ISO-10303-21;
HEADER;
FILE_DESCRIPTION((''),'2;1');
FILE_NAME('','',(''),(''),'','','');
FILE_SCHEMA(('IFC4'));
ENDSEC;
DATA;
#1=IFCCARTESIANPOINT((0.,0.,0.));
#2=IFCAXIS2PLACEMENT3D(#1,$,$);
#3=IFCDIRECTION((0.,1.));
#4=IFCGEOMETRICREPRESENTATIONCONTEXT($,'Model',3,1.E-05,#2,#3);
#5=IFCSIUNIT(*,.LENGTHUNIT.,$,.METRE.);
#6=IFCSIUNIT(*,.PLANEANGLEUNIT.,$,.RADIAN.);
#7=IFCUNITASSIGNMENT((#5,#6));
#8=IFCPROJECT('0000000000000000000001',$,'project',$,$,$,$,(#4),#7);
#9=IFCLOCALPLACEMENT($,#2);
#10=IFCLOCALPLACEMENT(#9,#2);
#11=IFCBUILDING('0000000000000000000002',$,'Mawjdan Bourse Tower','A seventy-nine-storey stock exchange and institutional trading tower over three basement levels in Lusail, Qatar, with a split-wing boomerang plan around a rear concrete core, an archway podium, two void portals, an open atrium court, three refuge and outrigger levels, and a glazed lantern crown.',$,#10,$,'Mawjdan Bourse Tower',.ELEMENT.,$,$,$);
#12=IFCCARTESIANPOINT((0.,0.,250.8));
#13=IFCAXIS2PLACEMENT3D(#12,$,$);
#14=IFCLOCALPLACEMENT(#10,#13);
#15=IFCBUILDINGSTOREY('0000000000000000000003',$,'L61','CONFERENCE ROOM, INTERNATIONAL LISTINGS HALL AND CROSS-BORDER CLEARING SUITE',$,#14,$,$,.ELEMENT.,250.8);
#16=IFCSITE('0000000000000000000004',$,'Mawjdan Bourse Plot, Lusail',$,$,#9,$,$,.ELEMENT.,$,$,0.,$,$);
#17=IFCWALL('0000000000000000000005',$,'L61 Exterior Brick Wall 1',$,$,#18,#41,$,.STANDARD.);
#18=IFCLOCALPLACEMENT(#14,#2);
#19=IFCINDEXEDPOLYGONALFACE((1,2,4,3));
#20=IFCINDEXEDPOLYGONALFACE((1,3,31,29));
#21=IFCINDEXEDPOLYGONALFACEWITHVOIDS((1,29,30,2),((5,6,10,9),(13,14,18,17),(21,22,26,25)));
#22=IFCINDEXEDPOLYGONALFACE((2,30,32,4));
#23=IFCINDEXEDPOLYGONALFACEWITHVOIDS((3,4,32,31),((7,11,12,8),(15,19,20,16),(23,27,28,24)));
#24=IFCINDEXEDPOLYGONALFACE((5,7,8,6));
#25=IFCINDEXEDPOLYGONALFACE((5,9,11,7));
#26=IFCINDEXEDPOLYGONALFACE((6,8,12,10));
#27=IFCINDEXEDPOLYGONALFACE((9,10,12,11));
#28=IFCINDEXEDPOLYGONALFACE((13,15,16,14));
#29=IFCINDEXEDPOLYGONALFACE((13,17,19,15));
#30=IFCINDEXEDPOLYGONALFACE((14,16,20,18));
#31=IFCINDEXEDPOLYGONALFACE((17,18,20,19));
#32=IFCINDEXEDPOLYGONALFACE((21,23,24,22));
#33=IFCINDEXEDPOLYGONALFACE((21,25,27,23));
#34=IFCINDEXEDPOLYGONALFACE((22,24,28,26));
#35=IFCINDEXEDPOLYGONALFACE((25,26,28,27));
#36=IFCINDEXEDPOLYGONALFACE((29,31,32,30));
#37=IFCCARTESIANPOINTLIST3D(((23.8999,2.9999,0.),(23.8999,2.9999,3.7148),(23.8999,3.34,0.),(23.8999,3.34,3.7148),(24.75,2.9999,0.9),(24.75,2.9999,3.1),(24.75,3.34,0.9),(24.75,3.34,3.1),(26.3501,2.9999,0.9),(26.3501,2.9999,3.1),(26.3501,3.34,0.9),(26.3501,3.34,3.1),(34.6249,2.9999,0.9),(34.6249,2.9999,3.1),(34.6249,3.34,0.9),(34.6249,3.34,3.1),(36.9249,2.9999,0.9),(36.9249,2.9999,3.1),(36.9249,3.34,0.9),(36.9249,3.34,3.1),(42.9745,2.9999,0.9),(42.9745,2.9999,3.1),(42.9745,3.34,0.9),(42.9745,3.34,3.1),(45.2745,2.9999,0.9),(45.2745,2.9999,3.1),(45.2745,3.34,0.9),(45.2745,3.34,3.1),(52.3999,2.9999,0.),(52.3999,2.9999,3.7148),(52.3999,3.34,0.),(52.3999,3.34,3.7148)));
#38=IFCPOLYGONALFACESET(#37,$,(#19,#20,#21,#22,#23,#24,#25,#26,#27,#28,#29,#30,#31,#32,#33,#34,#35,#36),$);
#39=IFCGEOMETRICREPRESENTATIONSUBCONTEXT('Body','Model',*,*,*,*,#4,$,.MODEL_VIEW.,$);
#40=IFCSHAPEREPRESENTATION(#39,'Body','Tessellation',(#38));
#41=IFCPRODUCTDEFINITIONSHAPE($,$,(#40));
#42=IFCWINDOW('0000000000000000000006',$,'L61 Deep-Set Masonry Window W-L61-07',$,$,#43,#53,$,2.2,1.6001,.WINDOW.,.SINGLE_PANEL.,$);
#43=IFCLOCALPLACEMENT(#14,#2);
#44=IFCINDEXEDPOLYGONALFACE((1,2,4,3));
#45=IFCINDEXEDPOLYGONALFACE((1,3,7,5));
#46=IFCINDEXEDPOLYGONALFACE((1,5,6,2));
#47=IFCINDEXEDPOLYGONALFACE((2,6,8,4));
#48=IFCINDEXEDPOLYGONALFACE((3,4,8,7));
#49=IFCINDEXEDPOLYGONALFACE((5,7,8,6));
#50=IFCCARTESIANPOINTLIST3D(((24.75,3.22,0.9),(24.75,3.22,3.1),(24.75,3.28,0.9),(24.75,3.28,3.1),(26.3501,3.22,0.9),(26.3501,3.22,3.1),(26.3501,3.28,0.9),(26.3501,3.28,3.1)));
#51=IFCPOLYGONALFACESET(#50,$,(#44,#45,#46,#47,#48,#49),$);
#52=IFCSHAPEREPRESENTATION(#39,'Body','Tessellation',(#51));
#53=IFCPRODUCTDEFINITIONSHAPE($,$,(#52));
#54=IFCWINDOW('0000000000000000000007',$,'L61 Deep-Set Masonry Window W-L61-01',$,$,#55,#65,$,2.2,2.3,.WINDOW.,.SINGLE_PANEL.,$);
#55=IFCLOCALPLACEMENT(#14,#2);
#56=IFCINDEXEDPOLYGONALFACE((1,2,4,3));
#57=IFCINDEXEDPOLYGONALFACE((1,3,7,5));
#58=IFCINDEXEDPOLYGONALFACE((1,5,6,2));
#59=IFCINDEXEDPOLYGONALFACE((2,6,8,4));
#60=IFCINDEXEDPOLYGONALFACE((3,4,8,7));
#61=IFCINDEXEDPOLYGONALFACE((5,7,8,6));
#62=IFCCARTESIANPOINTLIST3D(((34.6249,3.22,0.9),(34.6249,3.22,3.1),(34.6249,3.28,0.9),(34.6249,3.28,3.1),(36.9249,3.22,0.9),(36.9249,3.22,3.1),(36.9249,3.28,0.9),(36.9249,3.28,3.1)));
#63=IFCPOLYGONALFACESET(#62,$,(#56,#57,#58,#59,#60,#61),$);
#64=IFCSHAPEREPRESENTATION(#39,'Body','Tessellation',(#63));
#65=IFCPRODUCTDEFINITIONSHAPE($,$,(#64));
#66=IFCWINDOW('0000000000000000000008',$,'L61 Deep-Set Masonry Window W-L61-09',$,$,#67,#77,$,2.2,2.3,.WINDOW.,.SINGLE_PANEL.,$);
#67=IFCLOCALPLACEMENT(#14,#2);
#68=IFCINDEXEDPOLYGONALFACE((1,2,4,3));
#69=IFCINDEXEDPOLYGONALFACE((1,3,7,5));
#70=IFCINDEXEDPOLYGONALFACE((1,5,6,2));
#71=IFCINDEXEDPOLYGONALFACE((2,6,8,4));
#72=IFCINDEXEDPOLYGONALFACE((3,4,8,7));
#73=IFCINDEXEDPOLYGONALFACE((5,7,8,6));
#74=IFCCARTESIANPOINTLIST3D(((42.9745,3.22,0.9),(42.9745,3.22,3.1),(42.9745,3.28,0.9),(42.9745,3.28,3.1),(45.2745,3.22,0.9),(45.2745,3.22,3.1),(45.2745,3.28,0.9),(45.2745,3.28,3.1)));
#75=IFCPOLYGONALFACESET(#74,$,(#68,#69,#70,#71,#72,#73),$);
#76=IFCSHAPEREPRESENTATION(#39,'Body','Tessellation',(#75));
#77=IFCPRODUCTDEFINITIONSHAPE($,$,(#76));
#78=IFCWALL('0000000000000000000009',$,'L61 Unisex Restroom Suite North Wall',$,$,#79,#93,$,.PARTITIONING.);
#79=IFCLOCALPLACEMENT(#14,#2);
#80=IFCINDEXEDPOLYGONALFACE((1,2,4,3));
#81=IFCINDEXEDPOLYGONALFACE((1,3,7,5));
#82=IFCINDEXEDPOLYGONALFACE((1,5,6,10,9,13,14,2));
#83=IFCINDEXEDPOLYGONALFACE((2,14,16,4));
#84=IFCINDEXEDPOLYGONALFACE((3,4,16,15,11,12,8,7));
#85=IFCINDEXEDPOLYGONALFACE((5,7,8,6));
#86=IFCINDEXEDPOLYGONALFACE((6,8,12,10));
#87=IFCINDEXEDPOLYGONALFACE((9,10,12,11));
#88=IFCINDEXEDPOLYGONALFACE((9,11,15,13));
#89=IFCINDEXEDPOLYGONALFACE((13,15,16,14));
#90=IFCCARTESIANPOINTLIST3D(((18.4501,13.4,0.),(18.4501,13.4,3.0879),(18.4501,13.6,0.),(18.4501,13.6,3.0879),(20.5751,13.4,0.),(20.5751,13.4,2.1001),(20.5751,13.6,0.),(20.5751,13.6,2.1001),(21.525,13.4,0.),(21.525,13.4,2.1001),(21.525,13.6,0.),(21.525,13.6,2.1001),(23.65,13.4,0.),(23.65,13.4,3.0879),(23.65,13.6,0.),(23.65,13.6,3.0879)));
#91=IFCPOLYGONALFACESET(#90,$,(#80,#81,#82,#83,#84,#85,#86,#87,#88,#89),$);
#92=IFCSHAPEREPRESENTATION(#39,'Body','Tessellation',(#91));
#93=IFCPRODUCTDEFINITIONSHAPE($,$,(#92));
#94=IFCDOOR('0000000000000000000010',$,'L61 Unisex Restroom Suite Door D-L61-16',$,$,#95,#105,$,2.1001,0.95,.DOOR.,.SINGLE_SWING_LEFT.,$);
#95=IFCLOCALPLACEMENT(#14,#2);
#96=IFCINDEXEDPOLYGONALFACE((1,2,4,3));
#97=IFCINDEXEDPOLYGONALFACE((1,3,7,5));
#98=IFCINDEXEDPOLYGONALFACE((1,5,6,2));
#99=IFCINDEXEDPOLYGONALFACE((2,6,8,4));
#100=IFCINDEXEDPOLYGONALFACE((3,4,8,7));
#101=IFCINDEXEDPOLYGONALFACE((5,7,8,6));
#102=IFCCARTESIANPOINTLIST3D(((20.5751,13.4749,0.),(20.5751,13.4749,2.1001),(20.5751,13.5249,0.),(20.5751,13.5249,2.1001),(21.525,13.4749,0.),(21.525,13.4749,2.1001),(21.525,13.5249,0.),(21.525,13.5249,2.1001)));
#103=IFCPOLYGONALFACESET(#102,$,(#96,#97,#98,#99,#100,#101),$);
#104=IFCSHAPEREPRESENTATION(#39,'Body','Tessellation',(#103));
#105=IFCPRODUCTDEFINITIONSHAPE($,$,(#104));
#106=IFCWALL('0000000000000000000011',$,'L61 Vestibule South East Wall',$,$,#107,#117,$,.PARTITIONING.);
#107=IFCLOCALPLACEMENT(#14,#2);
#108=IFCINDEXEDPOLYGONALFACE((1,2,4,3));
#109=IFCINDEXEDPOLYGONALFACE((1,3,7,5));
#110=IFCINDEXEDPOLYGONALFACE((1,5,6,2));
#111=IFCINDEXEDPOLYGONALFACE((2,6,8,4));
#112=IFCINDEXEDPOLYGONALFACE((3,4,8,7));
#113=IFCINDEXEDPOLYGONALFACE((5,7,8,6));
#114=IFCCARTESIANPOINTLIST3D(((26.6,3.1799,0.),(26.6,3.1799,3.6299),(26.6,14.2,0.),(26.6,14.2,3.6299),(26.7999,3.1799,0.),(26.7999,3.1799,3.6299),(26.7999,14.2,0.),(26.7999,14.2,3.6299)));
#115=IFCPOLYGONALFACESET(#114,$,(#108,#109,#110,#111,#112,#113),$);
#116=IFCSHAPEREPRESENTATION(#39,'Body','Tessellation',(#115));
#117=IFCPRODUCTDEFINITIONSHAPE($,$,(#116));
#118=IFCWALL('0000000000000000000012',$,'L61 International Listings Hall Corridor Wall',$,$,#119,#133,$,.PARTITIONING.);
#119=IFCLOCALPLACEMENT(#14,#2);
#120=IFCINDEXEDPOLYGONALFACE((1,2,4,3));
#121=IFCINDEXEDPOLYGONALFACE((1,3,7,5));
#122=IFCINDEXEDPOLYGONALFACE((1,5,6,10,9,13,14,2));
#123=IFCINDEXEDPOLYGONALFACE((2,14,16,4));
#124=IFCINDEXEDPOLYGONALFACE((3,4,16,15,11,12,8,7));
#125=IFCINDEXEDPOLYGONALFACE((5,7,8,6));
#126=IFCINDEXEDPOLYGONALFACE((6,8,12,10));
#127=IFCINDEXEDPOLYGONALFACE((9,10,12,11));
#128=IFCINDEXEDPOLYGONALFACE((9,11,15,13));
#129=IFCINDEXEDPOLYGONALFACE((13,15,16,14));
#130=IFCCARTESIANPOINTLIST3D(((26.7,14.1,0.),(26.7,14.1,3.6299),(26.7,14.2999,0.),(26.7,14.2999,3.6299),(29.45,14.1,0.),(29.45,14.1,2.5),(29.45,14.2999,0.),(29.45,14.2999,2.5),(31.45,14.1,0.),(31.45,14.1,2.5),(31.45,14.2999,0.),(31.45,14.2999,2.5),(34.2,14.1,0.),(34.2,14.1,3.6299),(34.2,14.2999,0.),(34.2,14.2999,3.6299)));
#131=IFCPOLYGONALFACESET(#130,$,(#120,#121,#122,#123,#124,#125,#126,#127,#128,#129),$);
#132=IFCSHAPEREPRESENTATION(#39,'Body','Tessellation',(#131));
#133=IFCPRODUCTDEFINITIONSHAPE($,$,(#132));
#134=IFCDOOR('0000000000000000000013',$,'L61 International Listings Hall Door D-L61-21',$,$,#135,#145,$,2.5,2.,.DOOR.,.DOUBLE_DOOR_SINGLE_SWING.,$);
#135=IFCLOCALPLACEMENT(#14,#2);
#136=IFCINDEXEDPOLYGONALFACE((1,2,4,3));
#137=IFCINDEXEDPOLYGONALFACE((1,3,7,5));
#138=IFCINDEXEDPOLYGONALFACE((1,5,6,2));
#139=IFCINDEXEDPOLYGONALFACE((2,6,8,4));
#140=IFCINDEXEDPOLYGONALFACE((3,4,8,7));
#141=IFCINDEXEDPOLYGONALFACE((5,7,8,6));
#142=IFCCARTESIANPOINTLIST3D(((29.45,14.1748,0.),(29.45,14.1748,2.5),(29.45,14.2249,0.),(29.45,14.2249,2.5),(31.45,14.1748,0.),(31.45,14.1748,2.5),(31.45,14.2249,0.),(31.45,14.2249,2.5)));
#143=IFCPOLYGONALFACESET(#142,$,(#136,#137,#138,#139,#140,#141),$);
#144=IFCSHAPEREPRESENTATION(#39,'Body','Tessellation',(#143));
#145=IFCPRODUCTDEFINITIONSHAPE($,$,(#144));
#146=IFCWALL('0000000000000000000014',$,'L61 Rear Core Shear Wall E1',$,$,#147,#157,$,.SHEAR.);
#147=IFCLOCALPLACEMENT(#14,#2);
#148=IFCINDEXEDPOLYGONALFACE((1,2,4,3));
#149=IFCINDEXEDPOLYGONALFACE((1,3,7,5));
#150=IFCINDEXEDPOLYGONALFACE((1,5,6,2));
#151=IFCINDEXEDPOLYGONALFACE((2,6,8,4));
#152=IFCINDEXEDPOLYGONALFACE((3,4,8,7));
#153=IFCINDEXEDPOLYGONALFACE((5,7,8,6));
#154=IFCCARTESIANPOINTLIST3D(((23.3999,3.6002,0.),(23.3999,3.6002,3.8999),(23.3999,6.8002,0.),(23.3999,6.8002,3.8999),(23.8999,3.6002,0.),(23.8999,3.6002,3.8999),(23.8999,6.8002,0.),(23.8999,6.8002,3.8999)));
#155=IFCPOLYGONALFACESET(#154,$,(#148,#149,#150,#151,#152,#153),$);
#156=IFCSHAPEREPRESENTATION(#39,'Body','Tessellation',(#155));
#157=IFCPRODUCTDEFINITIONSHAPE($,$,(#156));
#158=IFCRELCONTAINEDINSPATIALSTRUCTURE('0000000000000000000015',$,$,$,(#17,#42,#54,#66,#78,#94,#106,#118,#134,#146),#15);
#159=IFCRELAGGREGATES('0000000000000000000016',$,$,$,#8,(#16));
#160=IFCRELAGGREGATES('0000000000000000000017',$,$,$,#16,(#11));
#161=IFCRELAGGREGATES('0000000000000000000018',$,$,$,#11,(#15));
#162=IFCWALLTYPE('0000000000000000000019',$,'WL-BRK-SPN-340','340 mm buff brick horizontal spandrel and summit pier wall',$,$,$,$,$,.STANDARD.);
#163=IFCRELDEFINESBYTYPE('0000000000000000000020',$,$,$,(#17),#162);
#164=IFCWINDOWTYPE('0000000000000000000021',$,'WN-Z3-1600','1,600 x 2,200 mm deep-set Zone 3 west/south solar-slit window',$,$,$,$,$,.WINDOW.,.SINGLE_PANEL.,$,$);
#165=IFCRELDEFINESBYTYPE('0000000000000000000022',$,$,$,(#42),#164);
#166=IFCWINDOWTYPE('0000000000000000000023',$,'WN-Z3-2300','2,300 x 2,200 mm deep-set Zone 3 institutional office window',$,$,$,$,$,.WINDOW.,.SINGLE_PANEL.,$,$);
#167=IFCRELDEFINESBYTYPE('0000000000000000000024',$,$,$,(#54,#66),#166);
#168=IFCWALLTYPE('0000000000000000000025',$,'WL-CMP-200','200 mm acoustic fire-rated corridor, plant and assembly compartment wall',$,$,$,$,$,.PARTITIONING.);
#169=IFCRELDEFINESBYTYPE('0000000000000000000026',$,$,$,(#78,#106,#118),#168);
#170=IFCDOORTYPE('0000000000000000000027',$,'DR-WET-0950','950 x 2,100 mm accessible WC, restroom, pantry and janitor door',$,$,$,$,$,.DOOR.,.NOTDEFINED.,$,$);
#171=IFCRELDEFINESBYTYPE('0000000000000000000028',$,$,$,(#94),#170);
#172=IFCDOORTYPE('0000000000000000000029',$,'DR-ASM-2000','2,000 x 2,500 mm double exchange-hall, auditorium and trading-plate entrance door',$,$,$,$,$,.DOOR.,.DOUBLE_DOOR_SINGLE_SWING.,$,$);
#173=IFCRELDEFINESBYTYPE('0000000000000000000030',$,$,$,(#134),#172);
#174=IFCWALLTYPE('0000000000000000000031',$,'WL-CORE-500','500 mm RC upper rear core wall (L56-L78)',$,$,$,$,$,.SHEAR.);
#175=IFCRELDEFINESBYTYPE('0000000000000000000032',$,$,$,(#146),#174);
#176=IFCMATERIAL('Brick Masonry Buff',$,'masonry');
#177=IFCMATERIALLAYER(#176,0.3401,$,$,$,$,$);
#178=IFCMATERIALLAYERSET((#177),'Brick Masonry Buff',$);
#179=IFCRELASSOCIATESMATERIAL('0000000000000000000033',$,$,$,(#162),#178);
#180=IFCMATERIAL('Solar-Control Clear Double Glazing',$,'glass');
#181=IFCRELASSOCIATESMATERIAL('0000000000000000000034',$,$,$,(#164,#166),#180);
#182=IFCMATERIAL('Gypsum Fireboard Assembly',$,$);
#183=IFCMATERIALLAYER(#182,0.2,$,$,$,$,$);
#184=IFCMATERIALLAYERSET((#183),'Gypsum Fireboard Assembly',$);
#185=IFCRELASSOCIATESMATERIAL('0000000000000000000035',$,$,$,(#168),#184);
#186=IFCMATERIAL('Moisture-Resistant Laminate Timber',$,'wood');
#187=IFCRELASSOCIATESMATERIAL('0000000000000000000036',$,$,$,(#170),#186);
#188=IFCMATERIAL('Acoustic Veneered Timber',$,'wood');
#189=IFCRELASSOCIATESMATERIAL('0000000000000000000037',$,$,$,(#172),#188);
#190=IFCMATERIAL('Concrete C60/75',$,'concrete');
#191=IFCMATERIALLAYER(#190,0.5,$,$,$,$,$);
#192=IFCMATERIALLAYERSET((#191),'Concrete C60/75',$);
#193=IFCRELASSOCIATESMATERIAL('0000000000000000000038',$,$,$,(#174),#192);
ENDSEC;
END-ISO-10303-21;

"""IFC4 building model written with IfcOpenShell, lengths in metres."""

from ifc_helpers import new_model, si_unit, direction, frame, frame_2d, origin, place, context, subcontext, project, spatial, rectangle, extrude, material, layer, layer_set, type_object, element, fill, save


model = new_model("IFC4")

# Units and contexts
model_context = context("Model", 3, precision=1e-05, world=origin(), true_north=direction((0.0, 1.0)))
body_context = subcontext(model_context, "Body", "Model", "MODEL_VIEW")
ifc_project = project(units=[si_unit("LENGTHUNIT", "METRE"), si_unit("PLANEANGLEUNIT", "RADIAN")], contexts=[model_context])

# Site, building, storey
site_placement = place(None, origin())
site = spatial("IfcSite", under=ifc_project, at=site_placement, Name="Mawjdan Bourse Plot, Lusail", CompositionType="ELEMENT", RefElevation=0.0)
building_placement = place(site_placement, origin())
building = spatial("IfcBuilding", under=site, at=building_placement, Name="Mawjdan Bourse Tower", Description="A seventy-nine-storey stock exchange and institutional trading tower over three basement levels in Lusail, Qatar, with a split-wing boomerang plan around a rear concrete core, an archway podium, two void portals, an open atrium court, three refuge and outrigger levels, and a glazed lantern crown.", LongName="Mawjdan Bourse Tower", CompositionType="ELEMENT")
storey_placement = place(building_placement, frame((0.0, 0.0, 250.8)))
storey = spatial("IfcBuildingStorey", under=building, at=storey_placement, Name="L61", Description="CONFERENCE ROOM, INTERNATIONAL LISTINGS HALL AND CROSS-BORDER CLEARING SUITE", CompositionType="ELEMENT", Elevation=250.8)

# Shared definitions
ifc_material_1 = material(Name="Concrete C60/75", Category="concrete")

# Wall, openings, windows
ifc_material_2 = material(Name="Brick Masonry Buff", Category="masonry")
ifc_layer_1 = layer(ifc_material_2, 0.3401)
ifc_layer_set_1 = layer_set([ifc_layer_1], Name="Brick Masonry Buff")
wall_type_1 = type_object("IfcWallType", Name="WL-BRK-SPN-340", Description="340 mm buff brick horizontal spandrel and summit pier wall", PredefinedType="STANDARD", material=ifc_layer_set_1)
wall_1_placement = place(storey_placement, frame((23.8999, 3.1699, 0.0), z_axis=(0.0, 0.0, 1.0), x_axis=(1.0, 0.0, 0.0)))
wall_1 = element("IfcWall", 1, at=wall_1_placement, inside=storey, type_object=wall_type_1, Name="L61 Exterior Brick Wall 1", PredefinedType="STANDARD", context=body_context, shape_type="SweptSolid", body=[
    extrude(rectangle(XDim=28.5, YDim=0.3401, at=frame_2d((14.25, 0.0))), origin(), (0.0, 0.0, 1.0), 3.7148),
])
opening_1_placement = place(wall_1_placement, frame((10.7251, 0.0, 0.8999)))
opening_1 = element("IfcOpeningElement", 2, at=opening_1_placement, cuts=wall_1, PredefinedType="OPENING", context=body_context, shape_type="SweptSolid", body=[
    extrude(rectangle(XDim=2.3, YDim=2.2, at=frame_2d((1.1499, 1.1001))), frame((0.0, 0.1802, 0.0), z_axis=(0.0, -1.0, 0.0), x_axis=(1.0, 0.0, 0.0)), (0.0, 0.0, 1.0), 0.3601),
])
opening_2_placement = place(wall_1_placement, frame((0.8501, 0.0, 0.8999)))
opening_2 = element("IfcOpeningElement", 3, at=opening_2_placement, cuts=wall_1, PredefinedType="OPENING", context=body_context, shape_type="SweptSolid", body=[
    extrude(rectangle(XDim=1.6001, YDim=2.2, at=frame_2d((0.8, 1.1001))), frame((0.0, 0.1802, 0.0), z_axis=(0.0, -1.0, 0.0), x_axis=(1.0, 0.0, 0.0)), (0.0, 0.0, 1.0), 0.3601),
])
opening_3_placement = place(wall_1_placement, frame((19.0747, 0.0, 0.8999)))
opening_3 = element("IfcOpeningElement", 4, at=opening_3_placement, cuts=wall_1, PredefinedType="OPENING", context=body_context, shape_type="SweptSolid", body=[
    extrude(rectangle(XDim=2.3, YDim=2.2, at=frame_2d((1.1499, 1.1001))), frame((0.0, 0.1802, 0.0), z_axis=(0.0, -1.0, 0.0), x_axis=(1.0, 0.0, 0.0)), (0.0, 0.0, 1.0), 0.3601),
])
ifc_material_3 = material(Name="Solar-Control Clear Double Glazing", Category="glass")
window_type_1 = type_object("IfcWindowType", Name="WN-Z3-1600", Description="1,600 x 2,200 mm deep-set Zone 3 west/south solar-slit window", PartitioningType="SINGLE_PANEL", PredefinedType="WINDOW", material=ifc_material_3)
window_1_placement = place(opening_2_placement, origin())
window_1 = element("IfcWindow", 5, at=window_1_placement, inside=storey, type_object=window_type_1, Name="L61 Deep-Set Masonry Window W-L61-07", OverallHeight=2.2, OverallWidth=1.6001, PartitioningType="SINGLE_PANEL", PredefinedType="WINDOW", context=body_context, shape_type="SweptSolid", body=[
    extrude(rectangle(XDim=1.6001, YDim=2.2, at=frame_2d((0.8, 1.1001))), frame((0.0, 0.1101, 0.0), z_axis=(0.0, -1.0, 0.0), x_axis=(1.0, 0.0, 0.0)), (0.0, 0.0, 1.0), 0.0601),
])
fill(opening_2, window_1)
window_type_2 = type_object("IfcWindowType", Name="WN-Z3-2300", Description="2,300 x 2,200 mm deep-set Zone 3 institutional office window", PartitioningType="SINGLE_PANEL", PredefinedType="WINDOW", material=ifc_material_3)
window_2_placement = place(opening_1_placement, origin())
window_2 = element("IfcWindow", 6, at=window_2_placement, inside=storey, type_object=window_type_2, Name="L61 Deep-Set Masonry Window W-L61-01", OverallHeight=2.2, OverallWidth=2.3, PartitioningType="SINGLE_PANEL", PredefinedType="WINDOW", context=body_context, shape_type="SweptSolid", body=[
    extrude(rectangle(XDim=2.3, YDim=2.2, at=frame_2d((1.1499, 1.1001))), frame((0.0, 0.1101, 0.0), z_axis=(0.0, -1.0, 0.0), x_axis=(1.0, 0.0, 0.0)), (0.0, 0.0, 1.0), 0.0601),
])
fill(opening_1, window_2)
window_3_placement = place(opening_3_placement, origin())
window_3 = element("IfcWindow", 7, at=window_3_placement, inside=storey, type_object=window_type_2, Name="L61 Deep-Set Masonry Window W-L61-09", OverallHeight=2.2, OverallWidth=2.3, PartitioningType="SINGLE_PANEL", PredefinedType="WINDOW", context=body_context, shape_type="SweptSolid", body=[
    extrude(rectangle(XDim=2.3, YDim=2.2, at=frame_2d((1.1499, 1.1001))), frame((0.0, 0.1101, 0.0), z_axis=(0.0, -1.0, 0.0), x_axis=(1.0, 0.0, 0.0)), (0.0, 0.0, 1.0), 0.0601),
])
fill(opening_3, window_3)

# Wall, opening, door
ifc_material_4 = material(Name="Gypsum Fireboard Assembly")
ifc_layer_2 = layer(ifc_material_4, 0.2)
ifc_layer_set_2 = layer_set([ifc_layer_2], Name="Gypsum Fireboard Assembly")
wall_type_2 = type_object("IfcWallType", Name="WL-CMP-200", Description="200 mm acoustic fire-rated corridor, plant and assembly compartment wall", PredefinedType="PARTITIONING", material=ifc_layer_set_2)
wall_2_placement = place(storey_placement, frame((18.45, 13.5, 0.0), z_axis=(0.0, 0.0, 1.0), x_axis=(1.0, 0.0, 0.0)))
wall_2 = element("IfcWall", 8, at=wall_2_placement, inside=storey, type_object=wall_type_2, Name="L61 Unisex Restroom Suite North Wall", PredefinedType="PARTITIONING", context=body_context, shape_type="SweptSolid", body=[
    extrude(rectangle(XDim=5.2, YDim=0.2, at=frame_2d((2.6001, 0.0))), origin(), (0.0, 0.0, 1.0), 3.0879),
])
opening_4_placement = place(wall_2_placement, frame((2.125, 0.0, 0.0)))
opening_4 = element("IfcOpeningElement", 9, at=opening_4_placement, cuts=wall_2, PredefinedType="OPENING", context=body_context, shape_type="SweptSolid", body=[
    extrude(rectangle(XDim=0.95, YDim=2.1001, at=frame_2d((0.4751, 1.05))), frame((0.0, 0.1099, 0.0), z_axis=(0.0, -1.0, 0.0), x_axis=(1.0, 0.0, 0.0)), (0.0, 0.0, 1.0), 0.22),
])
ifc_material_5 = material(Name="Moisture-Resistant Laminate Timber", Category="wood")
door_type_1 = type_object("IfcDoorType", Name="DR-WET-0950", Description="950 x 2,100 mm accessible WC, restroom, pantry and janitor door", OperationType="NOTDEFINED", PredefinedType="DOOR", material=ifc_material_5)
door_1_placement = place(opening_4_placement, origin())
door_1 = element("IfcDoor", 10, at=door_1_placement, inside=storey, type_object=door_type_1, Name="L61 Unisex Restroom Suite Door D-L61-16", OperationType="SINGLE_SWING_LEFT", OverallHeight=2.1001, OverallWidth=0.95, PredefinedType="DOOR", context=body_context, shape_type="SweptSolid", body=[
    extrude(rectangle(XDim=0.95, YDim=2.1001, at=frame_2d((0.4751, 1.05))), frame((0.0, 0.0249, 0.0), z_axis=(0.0, -1.0, 0.0), x_axis=(1.0, 0.0, 0.0)), (0.0, 0.0, 1.0), 0.05),
])
fill(opening_4, door_1)

# Wall
wall_3_placement = place(storey_placement, frame((26.7, 3.1799, 0.0), z_axis=(0.0, 0.0, 1.0), x_axis=(0.0, 1.0, 0.0)))
element("IfcWall", 11, at=wall_3_placement, inside=storey, type_object=wall_type_2, Name="L61 Vestibule South East Wall", PredefinedType="PARTITIONING", context=body_context, shape_type="SweptSolid", body=[
    extrude(rectangle(XDim=11.02, YDim=0.2, at=frame_2d((5.51, 0.0))), origin(), (0.0, 0.0, 1.0), 3.6299),
])

# Wall, opening, door
wall_4_placement = place(storey_placement, frame((26.7, 14.2, 0.0), z_axis=(0.0, 0.0, 1.0), x_axis=(1.0, 0.0, 0.0)))
wall_4 = element("IfcWall", 12, at=wall_4_placement, inside=storey, type_object=wall_type_2, Name="L61 International Listings Hall Corridor Wall", PredefinedType="PARTITIONING", context=body_context, shape_type="SweptSolid", body=[
    extrude(rectangle(XDim=7.5, YDim=0.2, at=frame_2d((3.75, 0.0))), origin(), (0.0, 0.0, 1.0), 3.6299),
])
opening_5_placement = place(wall_4_placement, frame((2.75, 0.0, 0.0)))
opening_5 = element("IfcOpeningElement", 13, at=opening_5_placement, cuts=wall_4, PredefinedType="OPENING", context=body_context, shape_type="SweptSolid", body=[
    extrude(rectangle(XDim=2.0, YDim=2.5, at=frame_2d((1.0, 1.25))), frame((0.0, 0.1099, 0.0), z_axis=(0.0, -1.0, 0.0), x_axis=(1.0, 0.0, 0.0)), (0.0, 0.0, 1.0), 0.22),
])
ifc_material_6 = material(Name="Acoustic Veneered Timber", Category="wood")
door_type_2 = type_object("IfcDoorType", Name="DR-ASM-2000", Description="2,000 x 2,500 mm double exchange-hall, auditorium and trading-plate entrance door", OperationType="DOUBLE_DOOR_SINGLE_SWING", PredefinedType="DOOR", material=ifc_material_6)
door_2_placement = place(opening_5_placement, origin())
door_2 = element("IfcDoor", 14, at=door_2_placement, inside=storey, type_object=door_type_2, Name="L61 International Listings Hall Door D-L61-21", OperationType="DOUBLE_DOOR_SINGLE_SWING", OverallHeight=2.5, OverallWidth=2.0, PredefinedType="DOOR", context=body_context, shape_type="SweptSolid", body=[
    extrude(rectangle(XDim=2.0, YDim=2.5, at=frame_2d((1.0, 1.25))), frame((0.0, 0.0249, 0.0), z_axis=(0.0, -1.0, 0.0), x_axis=(1.0, 0.0, 0.0)), (0.0, 0.0, 1.0), 0.05),
])
fill(opening_5, door_2)

# Wall
ifc_layer_3 = layer(ifc_material_1, 0.5)
ifc_layer_set_3 = layer_set([ifc_layer_3], Name="Concrete C60/75")
wall_type_3 = type_object("IfcWallType", Name="WL-CORE-500", Description="500 mm RC upper rear core wall (L56-L78)", PredefinedType="SHEAR", material=ifc_layer_set_3)
wall_5_placement = place(storey_placement, frame((23.6499, 3.6001, 0.0), z_axis=(0.0, 0.0, 1.0), x_axis=(0.0, 1.0, 0.0)))
element("IfcWall", 15, at=wall_5_placement, inside=storey, type_object=wall_type_3, Name="L61 Rear Core Shear Wall E1", PredefinedType="SHEAR", context=body_context, shape_type="SweptSolid", body=[
    extrude(rectangle(XDim=3.2, YDim=0.5, at=frame_2d((1.6001, 0.0))), origin(), (0.0, 0.0, 1.0), 3.8999),
])

save(model, "model.ifc")
